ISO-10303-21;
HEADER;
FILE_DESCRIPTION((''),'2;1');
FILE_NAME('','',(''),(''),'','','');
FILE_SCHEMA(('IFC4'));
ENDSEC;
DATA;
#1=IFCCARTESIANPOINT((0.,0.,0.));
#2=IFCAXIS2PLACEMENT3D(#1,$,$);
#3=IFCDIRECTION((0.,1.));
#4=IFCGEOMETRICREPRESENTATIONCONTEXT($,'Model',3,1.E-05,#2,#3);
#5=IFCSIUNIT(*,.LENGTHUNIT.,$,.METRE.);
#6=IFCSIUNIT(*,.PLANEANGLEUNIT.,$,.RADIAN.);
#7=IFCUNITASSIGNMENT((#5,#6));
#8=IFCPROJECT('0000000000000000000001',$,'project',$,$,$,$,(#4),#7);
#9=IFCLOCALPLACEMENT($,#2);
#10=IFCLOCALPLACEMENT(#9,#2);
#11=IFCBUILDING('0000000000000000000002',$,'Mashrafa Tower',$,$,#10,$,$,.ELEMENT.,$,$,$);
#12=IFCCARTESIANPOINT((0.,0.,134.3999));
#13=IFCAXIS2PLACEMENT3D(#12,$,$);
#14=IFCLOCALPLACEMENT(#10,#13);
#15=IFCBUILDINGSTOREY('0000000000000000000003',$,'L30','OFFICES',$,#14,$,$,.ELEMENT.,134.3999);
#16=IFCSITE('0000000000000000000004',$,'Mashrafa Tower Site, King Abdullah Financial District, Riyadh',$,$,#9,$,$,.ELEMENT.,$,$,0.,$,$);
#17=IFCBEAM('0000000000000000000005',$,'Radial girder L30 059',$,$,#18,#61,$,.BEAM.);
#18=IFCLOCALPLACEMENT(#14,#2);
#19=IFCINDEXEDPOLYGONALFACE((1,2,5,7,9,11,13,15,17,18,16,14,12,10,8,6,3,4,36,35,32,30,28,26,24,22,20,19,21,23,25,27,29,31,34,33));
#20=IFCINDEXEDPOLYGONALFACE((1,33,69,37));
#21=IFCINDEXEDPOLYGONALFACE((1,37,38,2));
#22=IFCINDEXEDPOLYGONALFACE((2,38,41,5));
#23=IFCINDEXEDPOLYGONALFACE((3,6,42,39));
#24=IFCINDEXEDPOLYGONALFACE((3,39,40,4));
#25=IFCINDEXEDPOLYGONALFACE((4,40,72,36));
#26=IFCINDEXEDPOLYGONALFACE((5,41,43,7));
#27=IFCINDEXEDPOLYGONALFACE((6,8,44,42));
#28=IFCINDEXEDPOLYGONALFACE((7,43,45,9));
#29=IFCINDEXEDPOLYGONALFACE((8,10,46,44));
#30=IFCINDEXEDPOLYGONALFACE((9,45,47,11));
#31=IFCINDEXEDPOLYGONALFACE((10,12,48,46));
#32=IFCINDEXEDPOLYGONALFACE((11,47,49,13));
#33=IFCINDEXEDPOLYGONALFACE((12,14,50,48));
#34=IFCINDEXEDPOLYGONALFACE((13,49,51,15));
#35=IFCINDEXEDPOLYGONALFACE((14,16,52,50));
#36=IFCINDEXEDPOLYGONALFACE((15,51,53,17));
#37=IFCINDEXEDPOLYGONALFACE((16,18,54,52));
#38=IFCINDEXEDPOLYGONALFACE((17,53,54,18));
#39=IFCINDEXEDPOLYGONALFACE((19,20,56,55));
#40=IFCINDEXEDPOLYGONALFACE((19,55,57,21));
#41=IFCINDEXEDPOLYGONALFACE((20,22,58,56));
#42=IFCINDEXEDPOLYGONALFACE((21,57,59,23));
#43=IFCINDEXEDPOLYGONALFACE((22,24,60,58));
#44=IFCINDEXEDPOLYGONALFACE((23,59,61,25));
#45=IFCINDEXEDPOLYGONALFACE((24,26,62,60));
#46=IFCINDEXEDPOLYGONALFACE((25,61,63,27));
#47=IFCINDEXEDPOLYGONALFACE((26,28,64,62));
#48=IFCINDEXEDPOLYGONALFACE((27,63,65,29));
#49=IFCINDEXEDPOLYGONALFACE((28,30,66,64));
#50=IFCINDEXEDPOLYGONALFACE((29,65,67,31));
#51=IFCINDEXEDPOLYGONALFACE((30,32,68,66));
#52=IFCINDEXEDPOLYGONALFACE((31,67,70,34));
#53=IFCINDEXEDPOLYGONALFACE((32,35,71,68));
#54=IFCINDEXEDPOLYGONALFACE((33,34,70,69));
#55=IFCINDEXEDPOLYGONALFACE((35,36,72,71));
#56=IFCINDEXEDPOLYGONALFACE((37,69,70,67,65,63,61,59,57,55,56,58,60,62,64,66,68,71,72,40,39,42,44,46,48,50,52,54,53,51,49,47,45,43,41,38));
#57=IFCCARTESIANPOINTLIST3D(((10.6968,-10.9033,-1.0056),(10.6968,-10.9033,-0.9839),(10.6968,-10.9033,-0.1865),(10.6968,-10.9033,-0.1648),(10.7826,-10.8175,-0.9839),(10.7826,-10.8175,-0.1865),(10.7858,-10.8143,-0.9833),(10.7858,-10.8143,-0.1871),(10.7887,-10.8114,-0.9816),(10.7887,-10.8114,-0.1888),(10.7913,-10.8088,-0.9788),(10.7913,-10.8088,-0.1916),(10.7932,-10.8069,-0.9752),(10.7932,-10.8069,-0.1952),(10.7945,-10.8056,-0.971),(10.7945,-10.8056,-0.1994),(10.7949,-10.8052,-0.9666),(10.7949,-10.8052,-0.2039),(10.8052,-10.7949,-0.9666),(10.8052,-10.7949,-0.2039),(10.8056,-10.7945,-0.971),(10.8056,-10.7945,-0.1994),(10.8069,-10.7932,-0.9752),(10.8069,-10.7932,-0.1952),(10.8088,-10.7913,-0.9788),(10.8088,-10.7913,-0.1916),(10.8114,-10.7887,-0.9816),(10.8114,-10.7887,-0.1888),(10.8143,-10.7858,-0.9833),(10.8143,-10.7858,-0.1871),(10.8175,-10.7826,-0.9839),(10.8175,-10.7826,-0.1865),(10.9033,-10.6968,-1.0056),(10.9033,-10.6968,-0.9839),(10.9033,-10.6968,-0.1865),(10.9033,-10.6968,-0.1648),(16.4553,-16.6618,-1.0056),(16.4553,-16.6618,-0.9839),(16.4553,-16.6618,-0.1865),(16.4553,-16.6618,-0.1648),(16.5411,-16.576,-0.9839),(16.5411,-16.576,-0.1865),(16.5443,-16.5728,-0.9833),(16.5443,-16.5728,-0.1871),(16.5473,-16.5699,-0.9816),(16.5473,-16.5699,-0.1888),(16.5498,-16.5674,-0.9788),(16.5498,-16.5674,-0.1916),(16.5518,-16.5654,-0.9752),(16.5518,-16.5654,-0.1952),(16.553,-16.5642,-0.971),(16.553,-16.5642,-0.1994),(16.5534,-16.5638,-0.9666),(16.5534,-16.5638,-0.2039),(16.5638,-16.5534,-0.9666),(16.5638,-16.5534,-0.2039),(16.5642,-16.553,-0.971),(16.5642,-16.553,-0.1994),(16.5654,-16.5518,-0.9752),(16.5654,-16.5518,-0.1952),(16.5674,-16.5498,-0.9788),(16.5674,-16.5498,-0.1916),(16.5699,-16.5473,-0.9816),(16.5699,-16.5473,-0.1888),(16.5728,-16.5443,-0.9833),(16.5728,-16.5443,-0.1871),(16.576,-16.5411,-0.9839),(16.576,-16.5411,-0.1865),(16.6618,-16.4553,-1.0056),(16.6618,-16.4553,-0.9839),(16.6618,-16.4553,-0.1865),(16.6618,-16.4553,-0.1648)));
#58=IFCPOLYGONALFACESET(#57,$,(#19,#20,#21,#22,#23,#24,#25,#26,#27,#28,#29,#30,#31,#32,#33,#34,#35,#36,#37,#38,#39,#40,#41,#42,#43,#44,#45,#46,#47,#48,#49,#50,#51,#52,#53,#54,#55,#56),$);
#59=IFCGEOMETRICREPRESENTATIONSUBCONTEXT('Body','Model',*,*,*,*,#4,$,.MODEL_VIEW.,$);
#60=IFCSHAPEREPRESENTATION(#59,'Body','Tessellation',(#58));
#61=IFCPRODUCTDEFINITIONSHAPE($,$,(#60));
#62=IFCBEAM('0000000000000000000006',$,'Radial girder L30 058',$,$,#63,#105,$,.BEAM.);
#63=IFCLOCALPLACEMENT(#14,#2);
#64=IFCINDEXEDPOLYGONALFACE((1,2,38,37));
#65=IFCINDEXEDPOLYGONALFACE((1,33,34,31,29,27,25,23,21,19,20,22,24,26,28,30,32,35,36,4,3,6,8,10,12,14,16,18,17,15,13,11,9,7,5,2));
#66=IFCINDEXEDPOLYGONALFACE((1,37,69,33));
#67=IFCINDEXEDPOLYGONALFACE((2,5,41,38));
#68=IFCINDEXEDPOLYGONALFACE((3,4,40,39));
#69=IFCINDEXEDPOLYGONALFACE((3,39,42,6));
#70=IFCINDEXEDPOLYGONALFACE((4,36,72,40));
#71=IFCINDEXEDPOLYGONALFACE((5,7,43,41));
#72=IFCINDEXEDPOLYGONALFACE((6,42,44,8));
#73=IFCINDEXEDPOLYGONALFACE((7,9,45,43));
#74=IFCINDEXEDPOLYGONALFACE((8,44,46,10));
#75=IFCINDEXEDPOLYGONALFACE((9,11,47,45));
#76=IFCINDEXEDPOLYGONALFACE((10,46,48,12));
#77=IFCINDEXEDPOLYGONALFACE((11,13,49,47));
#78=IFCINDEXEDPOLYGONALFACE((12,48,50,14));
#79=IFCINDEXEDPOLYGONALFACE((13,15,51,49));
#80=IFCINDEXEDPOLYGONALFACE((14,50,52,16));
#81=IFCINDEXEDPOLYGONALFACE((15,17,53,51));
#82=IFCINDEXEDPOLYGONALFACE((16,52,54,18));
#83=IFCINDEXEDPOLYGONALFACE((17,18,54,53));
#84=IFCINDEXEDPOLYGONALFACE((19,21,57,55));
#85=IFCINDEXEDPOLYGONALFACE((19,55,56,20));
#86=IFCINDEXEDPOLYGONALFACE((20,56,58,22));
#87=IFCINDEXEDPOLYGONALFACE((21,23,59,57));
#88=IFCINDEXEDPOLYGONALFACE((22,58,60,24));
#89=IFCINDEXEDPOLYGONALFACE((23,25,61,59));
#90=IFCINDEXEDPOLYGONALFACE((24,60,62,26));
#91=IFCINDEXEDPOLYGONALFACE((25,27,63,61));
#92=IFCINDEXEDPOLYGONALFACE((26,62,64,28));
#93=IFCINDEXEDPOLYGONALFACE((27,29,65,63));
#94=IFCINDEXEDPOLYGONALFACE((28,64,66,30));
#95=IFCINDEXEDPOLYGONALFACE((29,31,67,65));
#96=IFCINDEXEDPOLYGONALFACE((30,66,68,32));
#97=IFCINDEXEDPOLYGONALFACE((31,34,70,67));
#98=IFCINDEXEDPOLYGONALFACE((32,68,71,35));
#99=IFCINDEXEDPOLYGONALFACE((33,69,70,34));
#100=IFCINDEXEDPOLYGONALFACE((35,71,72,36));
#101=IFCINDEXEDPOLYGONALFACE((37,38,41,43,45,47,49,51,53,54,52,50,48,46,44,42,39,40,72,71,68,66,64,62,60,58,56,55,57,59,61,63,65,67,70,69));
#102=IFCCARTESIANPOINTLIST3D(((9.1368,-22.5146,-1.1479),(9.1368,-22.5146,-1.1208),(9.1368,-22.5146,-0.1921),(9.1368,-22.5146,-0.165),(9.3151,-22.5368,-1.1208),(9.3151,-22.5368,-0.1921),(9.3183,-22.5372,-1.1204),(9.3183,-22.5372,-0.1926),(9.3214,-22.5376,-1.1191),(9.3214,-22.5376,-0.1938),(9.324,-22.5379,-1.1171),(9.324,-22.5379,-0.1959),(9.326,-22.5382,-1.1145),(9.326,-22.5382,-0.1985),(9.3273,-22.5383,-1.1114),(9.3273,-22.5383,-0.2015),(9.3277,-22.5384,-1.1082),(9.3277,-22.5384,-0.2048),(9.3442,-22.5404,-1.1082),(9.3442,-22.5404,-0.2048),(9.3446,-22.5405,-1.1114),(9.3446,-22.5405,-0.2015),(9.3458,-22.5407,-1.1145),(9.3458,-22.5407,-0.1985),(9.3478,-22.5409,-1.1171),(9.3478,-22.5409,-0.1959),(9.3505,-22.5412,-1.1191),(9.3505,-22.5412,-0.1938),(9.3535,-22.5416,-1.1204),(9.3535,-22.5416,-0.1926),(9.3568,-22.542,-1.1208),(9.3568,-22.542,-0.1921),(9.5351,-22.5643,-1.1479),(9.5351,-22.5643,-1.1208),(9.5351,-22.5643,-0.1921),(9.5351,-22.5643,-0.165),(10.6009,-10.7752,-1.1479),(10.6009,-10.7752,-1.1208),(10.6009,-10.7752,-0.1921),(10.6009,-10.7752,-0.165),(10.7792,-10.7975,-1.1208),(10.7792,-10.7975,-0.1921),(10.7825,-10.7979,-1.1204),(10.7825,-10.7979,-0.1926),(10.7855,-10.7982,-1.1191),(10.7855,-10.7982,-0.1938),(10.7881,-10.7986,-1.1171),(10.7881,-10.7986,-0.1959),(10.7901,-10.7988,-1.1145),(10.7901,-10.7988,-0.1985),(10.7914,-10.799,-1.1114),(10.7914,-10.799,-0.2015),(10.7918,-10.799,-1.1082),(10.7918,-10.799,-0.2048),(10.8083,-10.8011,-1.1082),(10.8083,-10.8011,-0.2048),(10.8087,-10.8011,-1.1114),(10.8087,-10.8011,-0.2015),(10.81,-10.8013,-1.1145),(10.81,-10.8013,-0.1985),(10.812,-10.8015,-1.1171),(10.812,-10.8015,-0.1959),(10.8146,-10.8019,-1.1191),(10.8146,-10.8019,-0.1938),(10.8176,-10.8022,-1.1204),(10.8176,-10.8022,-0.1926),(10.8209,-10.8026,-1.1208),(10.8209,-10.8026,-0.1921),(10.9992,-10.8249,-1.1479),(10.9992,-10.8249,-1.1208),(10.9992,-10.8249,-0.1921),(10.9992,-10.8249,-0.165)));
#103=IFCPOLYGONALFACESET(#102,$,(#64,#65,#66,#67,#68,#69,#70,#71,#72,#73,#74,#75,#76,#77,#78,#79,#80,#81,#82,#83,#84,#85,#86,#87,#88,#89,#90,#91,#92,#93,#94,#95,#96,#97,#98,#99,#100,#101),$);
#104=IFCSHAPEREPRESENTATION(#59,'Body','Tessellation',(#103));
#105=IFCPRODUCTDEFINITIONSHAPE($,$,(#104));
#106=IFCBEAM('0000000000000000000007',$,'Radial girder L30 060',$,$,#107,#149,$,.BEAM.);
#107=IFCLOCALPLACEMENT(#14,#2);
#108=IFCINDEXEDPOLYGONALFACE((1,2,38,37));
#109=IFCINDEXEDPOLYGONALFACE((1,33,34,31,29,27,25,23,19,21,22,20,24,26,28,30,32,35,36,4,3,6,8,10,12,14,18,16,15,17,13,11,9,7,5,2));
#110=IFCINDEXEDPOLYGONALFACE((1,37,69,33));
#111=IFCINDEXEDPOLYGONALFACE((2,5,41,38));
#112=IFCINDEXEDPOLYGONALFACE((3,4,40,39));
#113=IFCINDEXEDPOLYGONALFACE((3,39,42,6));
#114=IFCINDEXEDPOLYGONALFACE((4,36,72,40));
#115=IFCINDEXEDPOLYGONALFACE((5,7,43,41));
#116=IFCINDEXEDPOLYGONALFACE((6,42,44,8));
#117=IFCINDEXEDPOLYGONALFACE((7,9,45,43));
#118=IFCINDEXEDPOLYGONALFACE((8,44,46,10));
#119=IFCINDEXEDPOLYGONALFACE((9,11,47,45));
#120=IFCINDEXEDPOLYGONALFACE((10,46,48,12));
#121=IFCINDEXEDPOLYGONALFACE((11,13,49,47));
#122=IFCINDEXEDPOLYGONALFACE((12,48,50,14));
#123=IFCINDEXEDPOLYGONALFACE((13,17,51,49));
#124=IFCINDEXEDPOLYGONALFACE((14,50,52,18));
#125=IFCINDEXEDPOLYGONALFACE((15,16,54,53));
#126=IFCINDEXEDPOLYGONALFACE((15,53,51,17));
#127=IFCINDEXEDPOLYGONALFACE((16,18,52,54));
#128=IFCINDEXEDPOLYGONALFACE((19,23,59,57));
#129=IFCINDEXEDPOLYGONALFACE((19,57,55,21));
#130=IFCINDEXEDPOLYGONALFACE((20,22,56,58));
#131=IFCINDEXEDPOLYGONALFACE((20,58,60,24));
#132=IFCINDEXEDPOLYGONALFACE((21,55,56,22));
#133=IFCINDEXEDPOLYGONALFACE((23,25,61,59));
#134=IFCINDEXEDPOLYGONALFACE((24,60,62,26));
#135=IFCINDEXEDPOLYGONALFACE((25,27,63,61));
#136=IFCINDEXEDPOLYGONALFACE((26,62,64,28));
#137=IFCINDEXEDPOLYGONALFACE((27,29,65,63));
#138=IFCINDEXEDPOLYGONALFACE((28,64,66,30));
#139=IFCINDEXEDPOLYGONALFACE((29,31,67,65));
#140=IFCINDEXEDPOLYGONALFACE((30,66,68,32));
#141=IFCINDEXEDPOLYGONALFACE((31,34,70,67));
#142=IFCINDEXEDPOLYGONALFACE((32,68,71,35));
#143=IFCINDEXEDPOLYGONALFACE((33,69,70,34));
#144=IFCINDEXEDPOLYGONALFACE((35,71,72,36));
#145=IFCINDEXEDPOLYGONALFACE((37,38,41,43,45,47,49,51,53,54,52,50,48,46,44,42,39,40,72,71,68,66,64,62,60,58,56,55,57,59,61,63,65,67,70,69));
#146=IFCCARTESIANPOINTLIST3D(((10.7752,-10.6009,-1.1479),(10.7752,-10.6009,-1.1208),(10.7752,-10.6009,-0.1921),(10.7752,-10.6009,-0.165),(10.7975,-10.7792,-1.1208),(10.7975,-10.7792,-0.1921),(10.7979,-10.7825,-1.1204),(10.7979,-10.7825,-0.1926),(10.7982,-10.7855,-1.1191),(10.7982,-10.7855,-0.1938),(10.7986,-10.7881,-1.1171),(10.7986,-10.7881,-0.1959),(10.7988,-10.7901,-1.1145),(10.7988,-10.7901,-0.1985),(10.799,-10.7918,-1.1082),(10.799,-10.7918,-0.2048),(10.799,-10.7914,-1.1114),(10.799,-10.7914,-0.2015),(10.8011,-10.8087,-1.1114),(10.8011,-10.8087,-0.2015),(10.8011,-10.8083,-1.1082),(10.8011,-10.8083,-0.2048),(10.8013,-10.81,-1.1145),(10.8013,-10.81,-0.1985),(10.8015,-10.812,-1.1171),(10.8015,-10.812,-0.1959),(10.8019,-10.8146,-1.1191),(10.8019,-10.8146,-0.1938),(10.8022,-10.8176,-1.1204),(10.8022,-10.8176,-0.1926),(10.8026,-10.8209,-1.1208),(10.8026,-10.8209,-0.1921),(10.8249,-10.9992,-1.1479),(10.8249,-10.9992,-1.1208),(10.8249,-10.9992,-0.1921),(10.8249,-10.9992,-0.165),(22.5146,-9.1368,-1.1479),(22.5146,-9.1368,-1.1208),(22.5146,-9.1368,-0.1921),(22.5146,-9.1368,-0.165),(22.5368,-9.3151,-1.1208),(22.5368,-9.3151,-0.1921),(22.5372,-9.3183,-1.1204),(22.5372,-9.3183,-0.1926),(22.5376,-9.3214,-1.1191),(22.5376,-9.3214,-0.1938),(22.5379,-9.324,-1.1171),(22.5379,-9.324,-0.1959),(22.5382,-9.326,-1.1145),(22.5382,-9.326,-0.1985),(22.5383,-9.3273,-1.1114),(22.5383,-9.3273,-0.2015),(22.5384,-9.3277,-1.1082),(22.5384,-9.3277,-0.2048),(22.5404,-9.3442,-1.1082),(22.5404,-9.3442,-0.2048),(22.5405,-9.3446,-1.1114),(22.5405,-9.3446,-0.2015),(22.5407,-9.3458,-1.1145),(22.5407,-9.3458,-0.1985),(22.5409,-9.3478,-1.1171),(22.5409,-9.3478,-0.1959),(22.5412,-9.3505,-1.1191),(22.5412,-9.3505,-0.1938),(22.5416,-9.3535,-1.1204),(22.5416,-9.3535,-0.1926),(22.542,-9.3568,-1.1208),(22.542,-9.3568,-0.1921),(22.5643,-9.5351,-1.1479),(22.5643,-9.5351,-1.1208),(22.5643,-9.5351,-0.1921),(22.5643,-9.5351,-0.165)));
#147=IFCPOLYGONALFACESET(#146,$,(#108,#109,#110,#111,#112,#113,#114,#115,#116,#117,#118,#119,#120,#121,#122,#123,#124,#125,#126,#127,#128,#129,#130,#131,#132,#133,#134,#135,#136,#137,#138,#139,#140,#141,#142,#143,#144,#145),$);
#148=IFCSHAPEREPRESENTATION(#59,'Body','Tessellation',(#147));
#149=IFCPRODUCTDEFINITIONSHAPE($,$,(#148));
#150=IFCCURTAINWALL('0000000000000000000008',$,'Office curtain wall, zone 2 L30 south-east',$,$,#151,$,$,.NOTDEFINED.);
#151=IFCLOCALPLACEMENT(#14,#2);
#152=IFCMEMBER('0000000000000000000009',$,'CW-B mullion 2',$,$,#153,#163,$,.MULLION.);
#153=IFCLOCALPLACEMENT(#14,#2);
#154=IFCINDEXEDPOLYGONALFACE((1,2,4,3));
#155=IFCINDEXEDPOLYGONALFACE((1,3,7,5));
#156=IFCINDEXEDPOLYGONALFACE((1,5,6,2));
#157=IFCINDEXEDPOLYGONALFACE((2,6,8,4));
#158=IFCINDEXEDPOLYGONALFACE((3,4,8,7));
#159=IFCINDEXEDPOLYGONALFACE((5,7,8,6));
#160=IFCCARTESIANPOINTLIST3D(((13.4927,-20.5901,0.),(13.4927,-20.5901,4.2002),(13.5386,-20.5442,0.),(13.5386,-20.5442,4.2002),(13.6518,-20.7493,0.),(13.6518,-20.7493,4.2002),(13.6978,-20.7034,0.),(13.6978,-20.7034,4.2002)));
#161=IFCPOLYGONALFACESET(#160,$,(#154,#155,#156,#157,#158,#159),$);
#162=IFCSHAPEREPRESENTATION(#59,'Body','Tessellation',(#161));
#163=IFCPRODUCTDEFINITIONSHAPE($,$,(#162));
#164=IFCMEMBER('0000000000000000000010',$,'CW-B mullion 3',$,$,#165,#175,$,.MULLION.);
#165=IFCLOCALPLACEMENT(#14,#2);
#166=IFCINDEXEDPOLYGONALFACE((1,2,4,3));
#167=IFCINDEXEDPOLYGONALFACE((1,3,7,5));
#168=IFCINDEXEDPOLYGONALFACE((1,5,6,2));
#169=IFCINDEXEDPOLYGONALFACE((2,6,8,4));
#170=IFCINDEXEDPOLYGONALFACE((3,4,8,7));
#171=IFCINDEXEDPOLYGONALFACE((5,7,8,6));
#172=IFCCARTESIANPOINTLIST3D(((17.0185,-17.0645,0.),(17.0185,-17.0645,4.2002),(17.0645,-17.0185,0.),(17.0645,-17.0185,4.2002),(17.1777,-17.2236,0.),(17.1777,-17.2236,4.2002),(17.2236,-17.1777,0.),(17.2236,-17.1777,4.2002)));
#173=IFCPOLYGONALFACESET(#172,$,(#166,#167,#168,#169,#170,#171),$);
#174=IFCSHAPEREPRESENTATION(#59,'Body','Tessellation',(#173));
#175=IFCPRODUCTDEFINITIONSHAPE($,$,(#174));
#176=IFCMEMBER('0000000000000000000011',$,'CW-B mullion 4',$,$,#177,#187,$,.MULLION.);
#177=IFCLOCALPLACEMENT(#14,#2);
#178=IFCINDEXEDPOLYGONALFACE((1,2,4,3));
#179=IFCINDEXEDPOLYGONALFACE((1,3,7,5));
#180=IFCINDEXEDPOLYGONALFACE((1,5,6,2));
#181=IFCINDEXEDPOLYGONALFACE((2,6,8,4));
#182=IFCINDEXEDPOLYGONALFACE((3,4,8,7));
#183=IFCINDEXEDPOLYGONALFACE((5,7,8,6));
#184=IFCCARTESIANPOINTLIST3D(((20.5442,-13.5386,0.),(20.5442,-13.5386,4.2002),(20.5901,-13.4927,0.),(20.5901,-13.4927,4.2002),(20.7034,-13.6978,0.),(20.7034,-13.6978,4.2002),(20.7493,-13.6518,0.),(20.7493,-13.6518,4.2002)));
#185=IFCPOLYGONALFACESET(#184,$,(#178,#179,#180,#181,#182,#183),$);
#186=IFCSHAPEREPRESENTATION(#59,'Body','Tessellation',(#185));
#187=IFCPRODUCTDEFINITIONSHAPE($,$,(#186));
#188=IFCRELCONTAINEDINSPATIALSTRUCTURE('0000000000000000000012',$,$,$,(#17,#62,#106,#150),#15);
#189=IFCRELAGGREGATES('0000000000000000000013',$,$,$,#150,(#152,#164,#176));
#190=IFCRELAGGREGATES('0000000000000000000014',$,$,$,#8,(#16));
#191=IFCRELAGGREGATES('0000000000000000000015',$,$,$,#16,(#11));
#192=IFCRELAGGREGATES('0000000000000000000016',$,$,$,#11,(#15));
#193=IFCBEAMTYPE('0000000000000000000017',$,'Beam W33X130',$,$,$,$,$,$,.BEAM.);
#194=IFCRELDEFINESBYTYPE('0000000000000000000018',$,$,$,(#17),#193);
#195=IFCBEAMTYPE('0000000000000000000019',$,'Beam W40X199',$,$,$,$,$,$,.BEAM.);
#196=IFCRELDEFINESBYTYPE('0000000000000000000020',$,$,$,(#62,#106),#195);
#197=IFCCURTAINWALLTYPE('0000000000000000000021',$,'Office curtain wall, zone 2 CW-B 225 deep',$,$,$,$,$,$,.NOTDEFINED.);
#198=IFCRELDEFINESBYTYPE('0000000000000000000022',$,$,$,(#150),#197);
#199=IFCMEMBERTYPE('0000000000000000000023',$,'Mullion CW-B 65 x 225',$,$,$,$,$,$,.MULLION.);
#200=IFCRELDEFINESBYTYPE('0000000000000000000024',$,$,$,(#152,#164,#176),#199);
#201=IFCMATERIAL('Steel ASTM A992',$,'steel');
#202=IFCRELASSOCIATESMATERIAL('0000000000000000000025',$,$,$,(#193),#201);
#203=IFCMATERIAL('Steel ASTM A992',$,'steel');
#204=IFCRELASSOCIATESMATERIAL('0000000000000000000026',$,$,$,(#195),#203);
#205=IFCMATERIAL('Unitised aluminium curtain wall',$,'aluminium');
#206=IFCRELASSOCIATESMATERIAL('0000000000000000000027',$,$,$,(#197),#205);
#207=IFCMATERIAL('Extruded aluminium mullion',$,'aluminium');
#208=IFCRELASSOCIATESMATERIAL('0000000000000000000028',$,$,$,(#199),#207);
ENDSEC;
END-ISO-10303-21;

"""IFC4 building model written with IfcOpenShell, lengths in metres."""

from ifc_helpers import new_model, si_unit, direction, frame, origin, origin_2d, place, context, subcontext, project, spatial, rectangle, i_section, extrude, source, transform, mapped, material, material_profile, profile_set, type_object, type_shapes, element, aggregate, save


model = new_model("IFC4")

# Units and contexts
model_context = context("Model", 3, precision=1e-05, world=origin(), true_north=direction((0.0, 1.0)))
body_context = subcontext(model_context, "Body", "Model", "MODEL_VIEW")
ifc_project = project(units=[si_unit("LENGTHUNIT", "METRE"), si_unit("PLANEANGLEUNIT", "RADIAN")], contexts=[model_context])

# Site, building, storey
site_placement = place(None, origin())
site = spatial("IfcSite", under=ifc_project, at=site_placement, Name="Mashrafa Tower Site, King Abdullah Financial District, Riyadh", CompositionType="ELEMENT", RefElevation=0.0)
building_placement = place(site_placement, origin())
building = spatial("IfcBuilding", under=site, at=building_placement, Name="Mashrafa Tower", CompositionType="ELEMENT")
storey_placement = place(building_placement, frame((0.0, 0.0, 134.3999)))
storey = spatial("IfcBuildingStorey", under=building, at=storey_placement, Name="L30", Description="OFFICES", CompositionType="ELEMENT", Elevation=134.3999)

# Beams
ifc_material_1 = material(Name="Steel ASTM A992", Category="steel")
ifc_material_profile_1 = material_profile(ifc_material_1, i_section(OverallWidth=0.292, OverallDepth=0.8408, WebThickness=0.0146, FlangeThickness=0.0217, FilletRadius=0.0173, at=origin_2d()), Name="W33X130")
ifc_profile_set_1 = profile_set([ifc_material_profile_1], Name="Steel ASTM A992")
beam_type_1 = type_object("IfcBeamType", Name="Beam W33X130", PredefinedType="BEAM", material=ifc_profile_set_1)
beam_1_placement = place(storey_placement, frame((10.8, -10.8, -0.5852), z_axis=(0.707107, -0.707107, 0.0), x_axis=(0.707107, 0.707107, 0.0)))
element("IfcBeam", 1, at=beam_1_placement, inside=storey, type_object=beam_type_1, Name="Radial girder L30 059", PredefinedType="BEAM", context=body_context, shape_type="SweptSolid", body=[
    extrude(i_section(OverallWidth=0.292, OverallDepth=0.8408, WebThickness=0.0146, FlangeThickness=0.0217, FilletRadius=0.0173, at=origin_2d()), origin(), (0.0, 0.0, 1.0), 8.1438),
])
ifc_material_2 = material(Name="Steel ASTM A992", Category="steel")
ifc_material_profile_2 = material_profile(ifc_material_2, i_section(OverallWidth=0.4014, OverallDepth=0.9829, WebThickness=0.0166, FlangeThickness=0.0271, FilletRadius=0.0127, at=origin_2d()), Name="W40X199")
ifc_profile_set_2 = profile_set([ifc_material_profile_2], Name="Steel ASTM A992")
beam_type_2 = type_object("IfcBeamType", Name="Beam W40X199", PredefinedType="BEAM", material=ifc_profile_set_2)
for number, where, z_axis, x_axis, name in (
    (2, (10.8, -10.8, -0.6565), (-0.12376, -0.992312, 0.0), (0.992312, -0.12376, 0.0), "Radial girder L30 058"),
    (3, (10.8, -10.8, -0.6565), (0.992312, 0.12376, 0.0), (-0.12376, 0.992312, 0.0), "Radial girder L30 060"),
):
    element("IfcBeam", number, at=place(storey_placement, frame(where, z_axis=z_axis, x_axis=x_axis)), inside=storey, type_object=beam_type_2, Name=name, PredefinedType="BEAM", context=body_context, shape_type="SweptSolid", body=[
        extrude(i_section(OverallWidth=0.4014, OverallDepth=0.9829, WebThickness=0.0166, FlangeThickness=0.0271, FilletRadius=0.0127, at=origin_2d()), origin(), (0.0, 0.0, 1.0), 11.8303),
    ])

# Curtain wall, members
ifc_material_3 = material(Name="Unitised aluminium curtain wall", Category="aluminium")
curtain_wall_type = type_object("IfcCurtainWallType", Name="Office curtain wall, zone 2 CW-B 225 deep", PredefinedType="NOTDEFINED", material=ifc_material_3)
curtain_wall_placement = place(storey_placement, origin())
curtain_wall = element("IfcCurtainWall", 4, at=curtain_wall_placement, inside=storey, type_object=curtain_wall_type, Name="Office curtain wall, zone 2 L30 south-east", PredefinedType="NOTDEFINED")
ifc_material_4 = material(Name="Extruded aluminium mullion", Category="aluminium")
ifc_material_profile_3 = material_profile(ifc_material_4, rectangle(XDim=0.2251, YDim=0.0649, at=origin_2d()), Name="Mullion 65x225")
ifc_profile_set_3 = profile_set([ifc_material_profile_3], Name="Extruded aluminium mullion")
member_type_1 = type_object("IfcMemberType", Name="Mullion CW-B 65 x 225", PredefinedType="MULLION", material=ifc_profile_set_3)
shared_shape_1 = source(origin(), body_context, "Body", "SweptSolid", [
    extrude(rectangle(XDim=0.2251, YDim=0.0649, at=origin_2d()), origin(), (0.0, 0.0, 1.0), 4.2002),
])
type_shapes(member_type_1, [shared_shape_1])
member_1_placement = place(storey_placement, frame((13.5952, -20.6467, 0.0), z_axis=(0.0, 0.0, 1.0), x_axis=(-0.707107, 0.707107, 0.0)))
member_1 = element("IfcMember", 5, at=member_1_placement, type_object=member_type_1, Name="CW-B mullion 2", PredefinedType="MULLION", context=body_context, shape_type="MappedRepresentation", body=[
    mapped(shared_shape_1, transform((0.0, 0.0, 0.0))),
])
member_2_placement = place(storey_placement, frame((17.1211, -17.1211, 0.0), z_axis=(0.0, 0.0, 1.0), x_axis=(-0.707107, 0.707107, 0.0)))
member_2 = element("IfcMember", 6, at=member_2_placement, type_object=member_type_1, Name="CW-B mullion 3", PredefinedType="MULLION", context=body_context, shape_type="MappedRepresentation", body=[
    mapped(shared_shape_1, transform((0.0, 0.0, 0.0))),
])
member_3_placement = place(storey_placement, frame((20.6467, -13.5952, 0.0), z_axis=(0.0, 0.0, 1.0), x_axis=(-0.707107, 0.707107, 0.0)))
member_3 = element("IfcMember", 7, at=member_3_placement, type_object=member_type_1, Name="CW-B mullion 4", PredefinedType="MULLION", context=body_context, shape_type="MappedRepresentation", body=[
    mapped(shared_shape_1, transform((0.0, 0.0, 0.0))),
])
aggregate(curtain_wall, [member_1, member_2, member_3])

save(model, "model.ifc")
